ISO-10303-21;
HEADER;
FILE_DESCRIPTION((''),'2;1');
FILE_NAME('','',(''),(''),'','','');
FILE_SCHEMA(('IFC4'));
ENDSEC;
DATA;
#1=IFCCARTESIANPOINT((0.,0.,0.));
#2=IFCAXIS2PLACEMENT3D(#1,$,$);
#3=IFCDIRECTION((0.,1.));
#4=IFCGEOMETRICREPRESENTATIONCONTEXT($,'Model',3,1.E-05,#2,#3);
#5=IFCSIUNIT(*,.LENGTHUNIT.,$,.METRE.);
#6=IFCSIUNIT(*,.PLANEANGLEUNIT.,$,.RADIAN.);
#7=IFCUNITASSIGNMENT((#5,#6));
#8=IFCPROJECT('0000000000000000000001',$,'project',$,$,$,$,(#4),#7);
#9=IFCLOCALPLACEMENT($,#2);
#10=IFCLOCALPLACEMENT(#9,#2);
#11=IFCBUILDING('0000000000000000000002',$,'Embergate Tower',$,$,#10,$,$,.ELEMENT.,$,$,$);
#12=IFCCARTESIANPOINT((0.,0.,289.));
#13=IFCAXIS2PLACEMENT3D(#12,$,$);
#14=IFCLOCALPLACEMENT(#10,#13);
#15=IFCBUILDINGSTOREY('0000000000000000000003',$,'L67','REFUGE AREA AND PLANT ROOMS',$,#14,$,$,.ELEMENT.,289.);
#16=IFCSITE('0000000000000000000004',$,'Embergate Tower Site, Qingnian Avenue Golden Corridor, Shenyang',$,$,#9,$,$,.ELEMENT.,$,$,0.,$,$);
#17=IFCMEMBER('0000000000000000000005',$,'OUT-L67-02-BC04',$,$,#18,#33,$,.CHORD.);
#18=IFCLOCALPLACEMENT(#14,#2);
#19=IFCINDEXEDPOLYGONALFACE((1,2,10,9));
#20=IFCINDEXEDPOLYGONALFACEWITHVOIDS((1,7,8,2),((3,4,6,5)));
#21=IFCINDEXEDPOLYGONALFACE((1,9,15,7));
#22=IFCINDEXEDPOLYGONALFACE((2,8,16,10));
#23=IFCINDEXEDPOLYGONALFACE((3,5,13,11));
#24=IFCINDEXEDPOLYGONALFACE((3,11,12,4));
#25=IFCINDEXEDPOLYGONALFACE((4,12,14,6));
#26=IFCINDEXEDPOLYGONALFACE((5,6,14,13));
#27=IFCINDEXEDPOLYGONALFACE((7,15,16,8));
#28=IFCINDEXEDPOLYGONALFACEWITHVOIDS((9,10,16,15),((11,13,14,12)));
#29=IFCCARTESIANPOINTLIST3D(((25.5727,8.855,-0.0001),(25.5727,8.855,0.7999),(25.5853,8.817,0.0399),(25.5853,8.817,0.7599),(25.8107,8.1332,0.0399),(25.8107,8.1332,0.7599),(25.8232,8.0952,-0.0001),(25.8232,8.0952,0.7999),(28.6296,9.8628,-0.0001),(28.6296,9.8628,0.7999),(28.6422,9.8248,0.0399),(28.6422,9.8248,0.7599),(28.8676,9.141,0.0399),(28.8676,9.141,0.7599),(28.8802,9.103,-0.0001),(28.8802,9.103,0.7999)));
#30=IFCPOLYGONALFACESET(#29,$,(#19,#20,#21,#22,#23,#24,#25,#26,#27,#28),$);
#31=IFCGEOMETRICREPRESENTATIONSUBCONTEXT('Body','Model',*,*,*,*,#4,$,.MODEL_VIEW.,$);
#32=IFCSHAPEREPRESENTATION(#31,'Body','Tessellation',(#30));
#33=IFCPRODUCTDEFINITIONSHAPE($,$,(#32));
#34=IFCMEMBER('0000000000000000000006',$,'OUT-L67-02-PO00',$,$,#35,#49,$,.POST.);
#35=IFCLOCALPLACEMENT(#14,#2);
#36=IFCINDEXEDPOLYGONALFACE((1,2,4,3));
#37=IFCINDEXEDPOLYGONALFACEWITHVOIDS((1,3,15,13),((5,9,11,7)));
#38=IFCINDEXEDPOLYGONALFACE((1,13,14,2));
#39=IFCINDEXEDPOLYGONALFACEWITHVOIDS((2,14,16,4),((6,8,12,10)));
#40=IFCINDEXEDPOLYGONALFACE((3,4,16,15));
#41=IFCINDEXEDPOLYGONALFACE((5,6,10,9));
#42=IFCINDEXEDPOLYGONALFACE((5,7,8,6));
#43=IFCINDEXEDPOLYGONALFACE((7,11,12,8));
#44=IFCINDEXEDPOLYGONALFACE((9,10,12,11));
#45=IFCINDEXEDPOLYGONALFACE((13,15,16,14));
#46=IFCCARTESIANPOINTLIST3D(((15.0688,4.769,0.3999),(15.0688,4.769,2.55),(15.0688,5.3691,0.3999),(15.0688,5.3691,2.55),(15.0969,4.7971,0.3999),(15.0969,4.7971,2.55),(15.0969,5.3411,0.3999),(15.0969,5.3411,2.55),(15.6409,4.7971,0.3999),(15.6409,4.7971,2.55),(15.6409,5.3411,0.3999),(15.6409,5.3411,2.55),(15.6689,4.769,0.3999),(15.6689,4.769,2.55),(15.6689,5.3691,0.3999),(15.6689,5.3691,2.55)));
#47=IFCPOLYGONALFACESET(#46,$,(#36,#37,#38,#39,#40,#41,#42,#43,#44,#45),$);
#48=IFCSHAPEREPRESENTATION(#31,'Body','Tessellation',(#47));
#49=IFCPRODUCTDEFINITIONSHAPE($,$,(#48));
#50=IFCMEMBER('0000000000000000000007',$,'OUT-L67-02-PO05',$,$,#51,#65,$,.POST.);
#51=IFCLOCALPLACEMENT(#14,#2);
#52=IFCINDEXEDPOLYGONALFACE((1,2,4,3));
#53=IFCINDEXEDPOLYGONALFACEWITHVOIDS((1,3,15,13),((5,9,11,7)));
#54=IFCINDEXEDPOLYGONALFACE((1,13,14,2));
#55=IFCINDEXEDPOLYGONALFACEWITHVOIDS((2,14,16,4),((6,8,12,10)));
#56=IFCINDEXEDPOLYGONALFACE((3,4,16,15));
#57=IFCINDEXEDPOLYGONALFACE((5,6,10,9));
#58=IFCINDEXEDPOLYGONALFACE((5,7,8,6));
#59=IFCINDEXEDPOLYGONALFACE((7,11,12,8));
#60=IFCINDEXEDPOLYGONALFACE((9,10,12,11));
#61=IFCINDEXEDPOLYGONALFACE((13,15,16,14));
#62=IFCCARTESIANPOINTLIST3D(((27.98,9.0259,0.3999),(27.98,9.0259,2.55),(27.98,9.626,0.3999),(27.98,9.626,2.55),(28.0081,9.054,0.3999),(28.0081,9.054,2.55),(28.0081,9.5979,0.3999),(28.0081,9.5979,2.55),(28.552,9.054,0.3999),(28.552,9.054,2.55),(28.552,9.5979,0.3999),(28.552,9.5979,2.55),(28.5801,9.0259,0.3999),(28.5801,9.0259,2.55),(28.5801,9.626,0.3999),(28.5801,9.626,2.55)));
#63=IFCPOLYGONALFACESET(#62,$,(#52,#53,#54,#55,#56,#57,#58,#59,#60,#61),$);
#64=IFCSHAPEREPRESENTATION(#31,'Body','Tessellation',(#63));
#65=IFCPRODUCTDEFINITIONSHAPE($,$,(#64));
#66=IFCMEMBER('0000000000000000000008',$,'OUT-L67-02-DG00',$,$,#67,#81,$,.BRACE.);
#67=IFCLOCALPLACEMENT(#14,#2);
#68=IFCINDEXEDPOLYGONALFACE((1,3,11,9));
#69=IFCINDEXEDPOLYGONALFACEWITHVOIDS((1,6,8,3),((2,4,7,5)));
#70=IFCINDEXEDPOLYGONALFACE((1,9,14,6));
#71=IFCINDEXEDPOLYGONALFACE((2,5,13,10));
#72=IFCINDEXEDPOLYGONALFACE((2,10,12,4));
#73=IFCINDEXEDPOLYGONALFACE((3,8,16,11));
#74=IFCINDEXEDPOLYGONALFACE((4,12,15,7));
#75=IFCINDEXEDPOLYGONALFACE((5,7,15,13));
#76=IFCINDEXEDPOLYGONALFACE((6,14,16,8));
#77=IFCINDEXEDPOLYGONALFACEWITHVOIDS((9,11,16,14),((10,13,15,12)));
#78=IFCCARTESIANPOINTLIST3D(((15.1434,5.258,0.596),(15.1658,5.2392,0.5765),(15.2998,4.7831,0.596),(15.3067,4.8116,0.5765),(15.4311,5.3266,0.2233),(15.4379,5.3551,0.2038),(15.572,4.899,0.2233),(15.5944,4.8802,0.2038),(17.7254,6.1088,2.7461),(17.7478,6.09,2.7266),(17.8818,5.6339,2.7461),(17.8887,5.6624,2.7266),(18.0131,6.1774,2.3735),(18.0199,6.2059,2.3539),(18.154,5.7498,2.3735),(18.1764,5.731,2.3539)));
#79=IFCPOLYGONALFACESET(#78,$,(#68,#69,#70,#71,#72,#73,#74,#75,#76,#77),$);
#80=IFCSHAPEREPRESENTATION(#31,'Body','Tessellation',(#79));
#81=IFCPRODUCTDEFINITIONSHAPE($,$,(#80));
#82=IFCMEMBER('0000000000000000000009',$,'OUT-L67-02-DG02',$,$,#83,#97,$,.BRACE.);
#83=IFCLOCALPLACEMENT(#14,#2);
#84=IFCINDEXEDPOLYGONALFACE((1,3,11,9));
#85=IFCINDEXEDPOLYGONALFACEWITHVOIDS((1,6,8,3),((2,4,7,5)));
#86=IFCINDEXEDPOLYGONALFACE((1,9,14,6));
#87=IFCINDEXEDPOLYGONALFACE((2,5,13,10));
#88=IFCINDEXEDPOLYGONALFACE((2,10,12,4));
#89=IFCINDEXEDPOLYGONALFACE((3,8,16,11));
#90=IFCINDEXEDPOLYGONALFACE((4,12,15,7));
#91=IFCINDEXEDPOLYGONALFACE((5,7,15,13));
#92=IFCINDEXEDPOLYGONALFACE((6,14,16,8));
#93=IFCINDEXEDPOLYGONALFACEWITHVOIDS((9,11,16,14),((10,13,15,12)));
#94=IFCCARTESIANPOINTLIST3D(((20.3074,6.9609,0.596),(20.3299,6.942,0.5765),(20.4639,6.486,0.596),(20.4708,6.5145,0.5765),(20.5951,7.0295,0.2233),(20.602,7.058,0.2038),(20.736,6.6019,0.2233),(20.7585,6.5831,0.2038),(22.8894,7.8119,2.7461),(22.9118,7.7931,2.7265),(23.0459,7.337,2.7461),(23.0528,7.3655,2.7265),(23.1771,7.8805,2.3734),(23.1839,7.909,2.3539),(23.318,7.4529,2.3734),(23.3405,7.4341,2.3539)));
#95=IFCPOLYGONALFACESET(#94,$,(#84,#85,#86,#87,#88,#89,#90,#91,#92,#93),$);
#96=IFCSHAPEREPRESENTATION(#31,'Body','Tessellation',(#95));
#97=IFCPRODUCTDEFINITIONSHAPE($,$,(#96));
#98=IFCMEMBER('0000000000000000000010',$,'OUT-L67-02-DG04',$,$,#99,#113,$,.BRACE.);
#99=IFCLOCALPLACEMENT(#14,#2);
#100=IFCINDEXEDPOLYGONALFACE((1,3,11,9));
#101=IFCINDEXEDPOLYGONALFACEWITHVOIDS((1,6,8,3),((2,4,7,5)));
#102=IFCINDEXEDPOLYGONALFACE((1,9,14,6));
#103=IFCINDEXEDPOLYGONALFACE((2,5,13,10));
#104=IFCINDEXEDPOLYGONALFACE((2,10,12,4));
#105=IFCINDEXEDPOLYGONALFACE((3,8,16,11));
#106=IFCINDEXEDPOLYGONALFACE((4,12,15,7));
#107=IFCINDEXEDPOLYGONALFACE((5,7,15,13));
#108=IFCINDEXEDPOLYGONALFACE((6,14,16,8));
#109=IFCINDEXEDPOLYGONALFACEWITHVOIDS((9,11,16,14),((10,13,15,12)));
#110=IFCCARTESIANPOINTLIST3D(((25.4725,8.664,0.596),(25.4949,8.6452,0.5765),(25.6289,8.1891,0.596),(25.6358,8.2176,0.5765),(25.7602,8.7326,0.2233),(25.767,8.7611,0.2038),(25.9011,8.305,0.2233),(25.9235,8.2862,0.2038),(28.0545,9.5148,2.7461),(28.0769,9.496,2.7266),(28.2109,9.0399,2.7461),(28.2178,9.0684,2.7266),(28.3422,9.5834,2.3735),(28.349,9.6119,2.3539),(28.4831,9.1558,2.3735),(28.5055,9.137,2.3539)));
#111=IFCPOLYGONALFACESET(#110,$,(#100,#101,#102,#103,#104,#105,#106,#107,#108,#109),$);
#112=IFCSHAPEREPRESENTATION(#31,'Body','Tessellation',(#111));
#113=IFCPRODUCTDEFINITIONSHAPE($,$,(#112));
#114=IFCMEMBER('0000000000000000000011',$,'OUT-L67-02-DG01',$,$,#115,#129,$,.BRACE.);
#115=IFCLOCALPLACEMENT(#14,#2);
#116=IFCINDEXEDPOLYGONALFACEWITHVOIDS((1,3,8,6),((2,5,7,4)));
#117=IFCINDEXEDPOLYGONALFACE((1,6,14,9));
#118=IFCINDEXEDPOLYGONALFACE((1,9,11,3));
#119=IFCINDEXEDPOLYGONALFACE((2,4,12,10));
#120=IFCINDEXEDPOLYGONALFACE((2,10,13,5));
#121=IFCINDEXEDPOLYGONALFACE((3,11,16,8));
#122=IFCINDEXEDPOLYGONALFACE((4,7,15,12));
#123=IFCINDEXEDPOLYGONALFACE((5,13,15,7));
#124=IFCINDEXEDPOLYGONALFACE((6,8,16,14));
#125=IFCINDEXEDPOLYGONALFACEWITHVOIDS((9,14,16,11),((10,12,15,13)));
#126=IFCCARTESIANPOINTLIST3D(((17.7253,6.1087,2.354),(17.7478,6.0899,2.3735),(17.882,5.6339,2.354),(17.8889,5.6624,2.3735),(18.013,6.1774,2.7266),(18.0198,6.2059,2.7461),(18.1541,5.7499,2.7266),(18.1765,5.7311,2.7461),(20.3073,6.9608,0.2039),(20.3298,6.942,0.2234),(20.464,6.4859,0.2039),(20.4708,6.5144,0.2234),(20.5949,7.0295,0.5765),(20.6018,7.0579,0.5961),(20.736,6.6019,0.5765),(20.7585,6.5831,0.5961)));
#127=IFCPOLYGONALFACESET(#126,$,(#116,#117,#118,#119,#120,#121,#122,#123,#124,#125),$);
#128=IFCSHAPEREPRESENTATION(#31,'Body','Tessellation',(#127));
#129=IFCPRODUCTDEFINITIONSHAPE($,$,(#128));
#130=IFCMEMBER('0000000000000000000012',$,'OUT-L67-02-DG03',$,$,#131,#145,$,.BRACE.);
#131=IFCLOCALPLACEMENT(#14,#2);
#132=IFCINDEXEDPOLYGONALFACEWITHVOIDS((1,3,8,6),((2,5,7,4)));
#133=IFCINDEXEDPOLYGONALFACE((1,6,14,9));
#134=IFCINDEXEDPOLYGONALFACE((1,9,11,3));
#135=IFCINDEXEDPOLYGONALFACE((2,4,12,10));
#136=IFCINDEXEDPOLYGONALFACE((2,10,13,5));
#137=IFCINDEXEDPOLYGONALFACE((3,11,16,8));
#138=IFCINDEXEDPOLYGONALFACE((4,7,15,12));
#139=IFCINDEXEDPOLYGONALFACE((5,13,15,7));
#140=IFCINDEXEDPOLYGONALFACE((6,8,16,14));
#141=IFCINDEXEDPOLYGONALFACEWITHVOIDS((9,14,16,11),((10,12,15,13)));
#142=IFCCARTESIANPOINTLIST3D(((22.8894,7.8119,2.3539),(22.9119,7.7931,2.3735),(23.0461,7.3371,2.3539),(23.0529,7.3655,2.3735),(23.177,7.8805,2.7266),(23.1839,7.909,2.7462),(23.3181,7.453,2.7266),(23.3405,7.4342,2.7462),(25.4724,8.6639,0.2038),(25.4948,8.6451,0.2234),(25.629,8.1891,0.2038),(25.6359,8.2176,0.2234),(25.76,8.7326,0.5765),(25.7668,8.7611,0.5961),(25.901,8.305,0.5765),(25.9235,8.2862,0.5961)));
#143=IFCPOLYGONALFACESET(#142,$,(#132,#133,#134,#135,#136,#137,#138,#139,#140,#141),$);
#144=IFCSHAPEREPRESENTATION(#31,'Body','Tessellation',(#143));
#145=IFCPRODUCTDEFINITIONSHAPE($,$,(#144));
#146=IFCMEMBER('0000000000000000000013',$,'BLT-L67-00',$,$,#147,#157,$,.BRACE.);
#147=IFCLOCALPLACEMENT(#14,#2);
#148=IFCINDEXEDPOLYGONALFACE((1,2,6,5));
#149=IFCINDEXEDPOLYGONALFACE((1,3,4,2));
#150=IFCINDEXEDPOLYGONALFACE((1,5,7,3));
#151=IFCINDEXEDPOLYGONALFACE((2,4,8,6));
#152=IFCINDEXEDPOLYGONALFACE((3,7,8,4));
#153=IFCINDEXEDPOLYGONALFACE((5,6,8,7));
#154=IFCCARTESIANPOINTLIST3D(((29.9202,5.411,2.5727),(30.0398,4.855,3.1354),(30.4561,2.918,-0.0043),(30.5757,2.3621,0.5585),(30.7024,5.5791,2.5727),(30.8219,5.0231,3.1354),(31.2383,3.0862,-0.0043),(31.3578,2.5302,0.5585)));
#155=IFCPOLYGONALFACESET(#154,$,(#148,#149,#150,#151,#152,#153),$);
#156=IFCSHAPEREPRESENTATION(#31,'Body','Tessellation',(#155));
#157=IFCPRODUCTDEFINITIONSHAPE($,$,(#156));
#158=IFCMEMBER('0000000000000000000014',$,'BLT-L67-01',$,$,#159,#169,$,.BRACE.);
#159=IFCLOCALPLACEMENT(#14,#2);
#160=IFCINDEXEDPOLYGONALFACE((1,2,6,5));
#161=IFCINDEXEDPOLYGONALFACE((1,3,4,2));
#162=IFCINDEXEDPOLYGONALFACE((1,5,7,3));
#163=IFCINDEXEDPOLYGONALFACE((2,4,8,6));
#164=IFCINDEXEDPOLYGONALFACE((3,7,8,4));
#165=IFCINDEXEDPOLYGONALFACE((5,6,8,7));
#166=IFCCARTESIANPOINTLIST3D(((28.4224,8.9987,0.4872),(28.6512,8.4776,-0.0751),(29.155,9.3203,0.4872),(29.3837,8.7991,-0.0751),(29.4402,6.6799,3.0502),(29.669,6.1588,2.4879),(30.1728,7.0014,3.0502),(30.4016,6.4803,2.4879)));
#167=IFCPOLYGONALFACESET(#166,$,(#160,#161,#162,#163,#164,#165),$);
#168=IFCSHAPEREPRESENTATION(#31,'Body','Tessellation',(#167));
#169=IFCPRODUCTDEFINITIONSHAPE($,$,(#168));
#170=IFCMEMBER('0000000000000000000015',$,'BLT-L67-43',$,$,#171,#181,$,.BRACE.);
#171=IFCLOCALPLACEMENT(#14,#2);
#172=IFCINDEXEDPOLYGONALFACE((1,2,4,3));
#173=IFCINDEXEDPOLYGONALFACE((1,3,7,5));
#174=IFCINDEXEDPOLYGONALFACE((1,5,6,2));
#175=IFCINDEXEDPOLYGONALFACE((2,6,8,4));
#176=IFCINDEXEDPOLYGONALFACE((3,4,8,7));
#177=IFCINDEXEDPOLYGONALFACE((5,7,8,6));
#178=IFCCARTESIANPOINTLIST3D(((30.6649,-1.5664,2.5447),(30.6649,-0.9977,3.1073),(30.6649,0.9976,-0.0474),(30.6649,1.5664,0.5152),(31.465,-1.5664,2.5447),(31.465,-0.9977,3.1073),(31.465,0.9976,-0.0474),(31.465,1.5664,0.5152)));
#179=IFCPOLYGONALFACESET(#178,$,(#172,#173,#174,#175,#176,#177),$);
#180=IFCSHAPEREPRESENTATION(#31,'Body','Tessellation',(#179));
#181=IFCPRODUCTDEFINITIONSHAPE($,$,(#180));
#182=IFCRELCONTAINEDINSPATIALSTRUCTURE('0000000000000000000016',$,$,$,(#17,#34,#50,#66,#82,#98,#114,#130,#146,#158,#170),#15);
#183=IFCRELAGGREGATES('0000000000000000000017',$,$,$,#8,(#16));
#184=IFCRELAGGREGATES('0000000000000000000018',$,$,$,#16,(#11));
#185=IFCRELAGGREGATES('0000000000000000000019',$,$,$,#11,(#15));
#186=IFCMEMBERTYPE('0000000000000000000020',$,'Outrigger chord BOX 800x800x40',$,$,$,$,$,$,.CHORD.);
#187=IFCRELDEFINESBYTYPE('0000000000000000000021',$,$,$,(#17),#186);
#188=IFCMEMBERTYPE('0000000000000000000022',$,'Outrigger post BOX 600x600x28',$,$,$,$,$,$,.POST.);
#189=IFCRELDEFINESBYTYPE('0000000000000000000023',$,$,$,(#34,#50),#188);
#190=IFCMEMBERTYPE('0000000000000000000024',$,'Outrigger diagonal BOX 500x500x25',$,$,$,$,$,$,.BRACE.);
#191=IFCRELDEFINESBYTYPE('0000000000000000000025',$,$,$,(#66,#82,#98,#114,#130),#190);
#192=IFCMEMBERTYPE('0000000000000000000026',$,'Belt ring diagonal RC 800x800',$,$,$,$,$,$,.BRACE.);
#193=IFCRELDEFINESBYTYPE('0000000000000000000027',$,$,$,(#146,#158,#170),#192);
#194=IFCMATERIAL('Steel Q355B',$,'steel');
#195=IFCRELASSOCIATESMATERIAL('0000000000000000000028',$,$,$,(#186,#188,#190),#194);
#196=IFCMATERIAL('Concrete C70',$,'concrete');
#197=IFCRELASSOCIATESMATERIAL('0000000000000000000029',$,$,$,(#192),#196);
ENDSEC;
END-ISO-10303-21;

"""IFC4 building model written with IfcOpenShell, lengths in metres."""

from ifc_helpers import new_model, si_unit, direction, frame, origin, origin_2d, place, context, subcontext, project, spatial, rectangle, hollow_rectangle, extrude, source, transform, mapped, material, material_profile, profile_set, type_object, element, save


model = new_model("IFC4")

# Units and contexts
model_context = context("Model", 3, precision=1e-05, world=origin(), true_north=direction((0.0, 1.0)))
body_context = subcontext(model_context, "Body", "Model", "MODEL_VIEW")
ifc_project = project(units=[si_unit("LENGTHUNIT", "METRE"), si_unit("PLANEANGLEUNIT", "RADIAN")], contexts=[model_context])

# Site, building, storey
site_placement = place(None, origin())
site = spatial("IfcSite", under=ifc_project, at=site_placement, Name="Embergate Tower Site, Qingnian Avenue Golden Corridor, Shenyang", CompositionType="ELEMENT", RefElevation=0.0)
building_placement = place(site_placement, origin())
building = spatial("IfcBuilding", under=site, at=building_placement, Name="Embergate Tower", CompositionType="ELEMENT")
storey_placement = place(building_placement, frame((0.0, 0.0, 289.0)))
storey = spatial("IfcBuildingStorey", under=building, at=storey_placement, Name="L67", Description="REFUGE AREA AND PLANT ROOMS", CompositionType="ELEMENT", Elevation=289.0)

# Shared definitions
ifc_material_1 = material(Name="Steel Q355B", Category="steel")

# Members
ifc_material_profile_1 = material_profile(ifc_material_1, hollow_rectangle(XDim=0.8, YDim=0.8, WallThickness=0.04, at=origin_2d()), Name="BOX 800x800x40")
ifc_profile_set_1 = profile_set([ifc_material_profile_1], Name="Steel Q355 grade B")
member_type_1 = type_object("IfcMemberType", Name="Outrigger chord BOX 800x800x40", PredefinedType="CHORD", material=ifc_profile_set_1)
shared_shape_1 = source(origin(), body_context, "Body", "SweptSolid", [
    extrude(hollow_rectangle(XDim=0.8, YDim=0.8, WallThickness=0.04, at=origin_2d()), origin(), (0.0, 0.0, 1.0), 3.2188),
])
for number, where, z_axis, x_axis, name in (
    (1, (25.698, 8.4751, 0.3999), (0.949717, 0.313109, 0.0), (-0.313109, 0.949717, 0.0), "OUT-L67-02-BC04"),
):
    element("IfcMember", number, at=place(storey_placement, frame(where, z_axis=z_axis, x_axis=x_axis)), inside=storey, type_object=member_type_1, Name=name, PredefinedType="CHORD", context=body_context, shape_type="MappedRepresentation", body=[
        mapped(shared_shape_1, transform((0.0, 0.0, 0.0))),
    ])
ifc_material_profile_2 = material_profile(ifc_material_1, hollow_rectangle(XDim=0.6001, YDim=0.6001, WallThickness=0.0281, at=origin_2d()), Name="BOX 600x600x28")
ifc_profile_set_2 = profile_set([ifc_material_profile_2], Name="Steel Q355 grade B")
member_type_2 = type_object("IfcMemberType", Name="Outrigger post BOX 600x600x28", PredefinedType="POST", material=ifc_profile_set_2)
shared_shape_2 = source(origin(), body_context, "Body", "SweptSolid", [
    extrude(hollow_rectangle(XDim=0.6001, YDim=0.6001, WallThickness=0.0281, at=origin_2d()), origin(), (0.0, 0.0, 1.0), 2.1501),
])
for number, where, z_axis, x_axis, name in (
    (2, (15.3689, 5.0691, 0.3999), (0.0, 0.0, 1.0), (1.0, 0.0, 0.0), "OUT-L67-02-PO00"),
    (3, (28.28, 9.3259, 0.3999), (0.0, 0.0, 1.0), (1.0, 0.0, 0.0), "OUT-L67-02-PO05"),
):
    element("IfcMember", number, at=place(storey_placement, frame(where, z_axis=z_axis, x_axis=x_axis)), inside=storey, type_object=member_type_2, Name=name, PredefinedType="POST", context=body_context, shape_type="MappedRepresentation", body=[
        mapped(shared_shape_2, transform((0.0, 0.0, 0.0))),
    ])
ifc_material_profile_3 = material_profile(ifc_material_1, hollow_rectangle(XDim=0.5, YDim=0.5, WallThickness=0.0249, at=origin_2d()), Name="BOX 500x500x25")
ifc_profile_set_3 = profile_set([ifc_material_profile_3], Name="Steel Q355 grade B")
member_type_3 = type_object("IfcMemberType", Name="Outrigger diagonal BOX 500x500x25", PredefinedType="BRACE", material=ifc_profile_set_3)
shared_shape_3 = source(origin(), body_context, "Body", "SweptSolid", [
    extrude(hollow_rectangle(XDim=0.5, YDim=0.5, WallThickness=0.0249, at=origin_2d()), origin(), (0.0, 0.0, 1.0), 3.4661),
])
for number, where, z_axis, x_axis, name in (
    (4, (15.3689, 5.0691, 0.3999), (0.744936, 0.245471, 0.620334), (-0.312966, 0.949764, 0.0), "OUT-L67-02-DG00"),
    (5, (20.533, 6.772, 0.3999), (0.744923, 0.245537, 0.620323), (-0.313047, 0.949738, 0.0), "OUT-L67-02-DG02"),
    (6, (25.698, 8.4751, 0.3999), (0.744936, 0.245471, 0.620334), (-0.312966, 0.949764, 0.0), "OUT-L67-02-DG04"),
):
    element("IfcMember", number, at=place(storey_placement, frame(where, z_axis=z_axis, x_axis=x_axis)), inside=storey, type_object=member_type_3, Name=name, PredefinedType="BRACE", context=body_context, shape_type="MappedRepresentation", body=[
        mapped(shared_shape_3, transform((0.0, 0.0, 0.0))),
    ])
shared_shape_4 = source(origin(), body_context, "Body", "SweptSolid", [
    extrude(hollow_rectangle(XDim=0.5, YDim=0.5, WallThickness=0.0249, at=origin_2d()), origin(), (0.0, 0.0, 1.0), 3.4663),
])
member_1_placement = place(storey_placement, frame((17.9509, 5.9199, 2.55), z_axis=(0.744872, 0.245802, -0.62028), x_axis=(-0.313371, 0.949631, 0.0)))
element("IfcMember", 7, at=member_1_placement, inside=storey, type_object=member_type_3, Name="OUT-L67-02-DG01", PredefinedType="BRACE", context=body_context, shape_type="MappedRepresentation", body=[
    mapped(shared_shape_4, transform((0.0, 0.0, 0.0))),
])
shared_shape_5 = source(origin(), body_context, "Body", "SweptSolid", [
    extrude(hollow_rectangle(XDim=0.5, YDim=0.5, WallThickness=0.0249, at=origin_2d()), origin(), (0.0, 0.0, 1.0), 3.467),
])
member_2_placement = place(storey_placement, frame((23.115, 7.623, 2.55), z_axis=(0.744997, 0.24575, -0.62015), x_axis=(-0.313264, 0.949666, 0.0)))
element("IfcMember", 8, at=member_2_placement, inside=storey, type_object=member_type_3, Name="OUT-L67-02-DG03", PredefinedType="BRACE", context=body_context, shape_type="MappedRepresentation", body=[
    mapped(shared_shape_5, transform((0.0, 0.0, 0.0))),
])
ifc_material_2 = material(Name="Concrete C70", Category="concrete")
ifc_material_profile_4 = material_profile(ifc_material_2, rectangle(XDim=0.8, YDim=0.8, at=origin_2d()), Name="RC 800x800")
ifc_profile_set_4 = profile_set([ifc_material_profile_4], Name="Concrete C70")
member_type_4 = type_object("IfcMemberType", Name="Belt ring diagonal RC 800x800", PredefinedType="BRACE", material=ifc_profile_set_4)
shared_shape_6 = source(origin(), body_context, "Body", "SweptSolid", [
    extrude(rectangle(XDim=0.8, YDim=0.8, at=origin_2d()), origin(), (0.0, 0.0, 1.0), 3.6252),
])
member_3_placement = place(storey_placement, frame((30.907, 2.7241, 0.2771), z_axis=(-0.147822, 0.687659, 0.710826), x_axis=(-0.977666, -0.210163, 0.0)))
element("IfcMember", 9, at=member_3_placement, inside=storey, type_object=member_type_4, Name="BLT-L67-00", PredefinedType="BRACE", context=body_context, shape_type="MappedRepresentation", body=[
    mapped(shared_shape_6, transform((0.0, 0.0, 0.0))),
])
shared_shape_7 = source(origin(), body_context, "Body", "SweptSolid", [
    extrude(rectangle(XDim=0.8, YDim=0.8, at=origin_2d()), origin(), (0.0, 0.0, 1.0), 3.603),
])
member_4_placement = place(storey_placement, frame((28.9031, 8.8989, 0.2061), z_axis=(0.28249, -0.64358, 0.71134), x_axis=(0.915674, 0.401921, 0.0)))
element("IfcMember", 10, at=member_4_placement, inside=storey, type_object=member_type_4, Name="BLT-L67-01", PredefinedType="BRACE", context=body_context, shape_type="MappedRepresentation", body=[
    mapped(shared_shape_7, transform((0.0, 0.0, 0.0))),
])
shared_shape_8 = source(origin(), body_context, "Body", "SweptSolid", [
    extrude(rectangle(XDim=0.8, YDim=0.8, at=origin_2d()), origin(), (0.0, 0.0, 1.0), 3.646),
])
member_5_placement = place(storey_placement, frame((31.0649, 1.282, 0.2339), z_axis=(0.0, -0.703246, 0.710947), x_axis=(1.0, 0.0, 0.0)))
element("IfcMember", 11, at=member_5_placement, inside=storey, type_object=member_type_4, Name="BLT-L67-43", PredefinedType="BRACE", context=body_context, shape_type="MappedRepresentation", body=[
    mapped(shared_shape_8, transform((0.0, 0.0, 0.0))),
])

save(model, "model.ifc")
